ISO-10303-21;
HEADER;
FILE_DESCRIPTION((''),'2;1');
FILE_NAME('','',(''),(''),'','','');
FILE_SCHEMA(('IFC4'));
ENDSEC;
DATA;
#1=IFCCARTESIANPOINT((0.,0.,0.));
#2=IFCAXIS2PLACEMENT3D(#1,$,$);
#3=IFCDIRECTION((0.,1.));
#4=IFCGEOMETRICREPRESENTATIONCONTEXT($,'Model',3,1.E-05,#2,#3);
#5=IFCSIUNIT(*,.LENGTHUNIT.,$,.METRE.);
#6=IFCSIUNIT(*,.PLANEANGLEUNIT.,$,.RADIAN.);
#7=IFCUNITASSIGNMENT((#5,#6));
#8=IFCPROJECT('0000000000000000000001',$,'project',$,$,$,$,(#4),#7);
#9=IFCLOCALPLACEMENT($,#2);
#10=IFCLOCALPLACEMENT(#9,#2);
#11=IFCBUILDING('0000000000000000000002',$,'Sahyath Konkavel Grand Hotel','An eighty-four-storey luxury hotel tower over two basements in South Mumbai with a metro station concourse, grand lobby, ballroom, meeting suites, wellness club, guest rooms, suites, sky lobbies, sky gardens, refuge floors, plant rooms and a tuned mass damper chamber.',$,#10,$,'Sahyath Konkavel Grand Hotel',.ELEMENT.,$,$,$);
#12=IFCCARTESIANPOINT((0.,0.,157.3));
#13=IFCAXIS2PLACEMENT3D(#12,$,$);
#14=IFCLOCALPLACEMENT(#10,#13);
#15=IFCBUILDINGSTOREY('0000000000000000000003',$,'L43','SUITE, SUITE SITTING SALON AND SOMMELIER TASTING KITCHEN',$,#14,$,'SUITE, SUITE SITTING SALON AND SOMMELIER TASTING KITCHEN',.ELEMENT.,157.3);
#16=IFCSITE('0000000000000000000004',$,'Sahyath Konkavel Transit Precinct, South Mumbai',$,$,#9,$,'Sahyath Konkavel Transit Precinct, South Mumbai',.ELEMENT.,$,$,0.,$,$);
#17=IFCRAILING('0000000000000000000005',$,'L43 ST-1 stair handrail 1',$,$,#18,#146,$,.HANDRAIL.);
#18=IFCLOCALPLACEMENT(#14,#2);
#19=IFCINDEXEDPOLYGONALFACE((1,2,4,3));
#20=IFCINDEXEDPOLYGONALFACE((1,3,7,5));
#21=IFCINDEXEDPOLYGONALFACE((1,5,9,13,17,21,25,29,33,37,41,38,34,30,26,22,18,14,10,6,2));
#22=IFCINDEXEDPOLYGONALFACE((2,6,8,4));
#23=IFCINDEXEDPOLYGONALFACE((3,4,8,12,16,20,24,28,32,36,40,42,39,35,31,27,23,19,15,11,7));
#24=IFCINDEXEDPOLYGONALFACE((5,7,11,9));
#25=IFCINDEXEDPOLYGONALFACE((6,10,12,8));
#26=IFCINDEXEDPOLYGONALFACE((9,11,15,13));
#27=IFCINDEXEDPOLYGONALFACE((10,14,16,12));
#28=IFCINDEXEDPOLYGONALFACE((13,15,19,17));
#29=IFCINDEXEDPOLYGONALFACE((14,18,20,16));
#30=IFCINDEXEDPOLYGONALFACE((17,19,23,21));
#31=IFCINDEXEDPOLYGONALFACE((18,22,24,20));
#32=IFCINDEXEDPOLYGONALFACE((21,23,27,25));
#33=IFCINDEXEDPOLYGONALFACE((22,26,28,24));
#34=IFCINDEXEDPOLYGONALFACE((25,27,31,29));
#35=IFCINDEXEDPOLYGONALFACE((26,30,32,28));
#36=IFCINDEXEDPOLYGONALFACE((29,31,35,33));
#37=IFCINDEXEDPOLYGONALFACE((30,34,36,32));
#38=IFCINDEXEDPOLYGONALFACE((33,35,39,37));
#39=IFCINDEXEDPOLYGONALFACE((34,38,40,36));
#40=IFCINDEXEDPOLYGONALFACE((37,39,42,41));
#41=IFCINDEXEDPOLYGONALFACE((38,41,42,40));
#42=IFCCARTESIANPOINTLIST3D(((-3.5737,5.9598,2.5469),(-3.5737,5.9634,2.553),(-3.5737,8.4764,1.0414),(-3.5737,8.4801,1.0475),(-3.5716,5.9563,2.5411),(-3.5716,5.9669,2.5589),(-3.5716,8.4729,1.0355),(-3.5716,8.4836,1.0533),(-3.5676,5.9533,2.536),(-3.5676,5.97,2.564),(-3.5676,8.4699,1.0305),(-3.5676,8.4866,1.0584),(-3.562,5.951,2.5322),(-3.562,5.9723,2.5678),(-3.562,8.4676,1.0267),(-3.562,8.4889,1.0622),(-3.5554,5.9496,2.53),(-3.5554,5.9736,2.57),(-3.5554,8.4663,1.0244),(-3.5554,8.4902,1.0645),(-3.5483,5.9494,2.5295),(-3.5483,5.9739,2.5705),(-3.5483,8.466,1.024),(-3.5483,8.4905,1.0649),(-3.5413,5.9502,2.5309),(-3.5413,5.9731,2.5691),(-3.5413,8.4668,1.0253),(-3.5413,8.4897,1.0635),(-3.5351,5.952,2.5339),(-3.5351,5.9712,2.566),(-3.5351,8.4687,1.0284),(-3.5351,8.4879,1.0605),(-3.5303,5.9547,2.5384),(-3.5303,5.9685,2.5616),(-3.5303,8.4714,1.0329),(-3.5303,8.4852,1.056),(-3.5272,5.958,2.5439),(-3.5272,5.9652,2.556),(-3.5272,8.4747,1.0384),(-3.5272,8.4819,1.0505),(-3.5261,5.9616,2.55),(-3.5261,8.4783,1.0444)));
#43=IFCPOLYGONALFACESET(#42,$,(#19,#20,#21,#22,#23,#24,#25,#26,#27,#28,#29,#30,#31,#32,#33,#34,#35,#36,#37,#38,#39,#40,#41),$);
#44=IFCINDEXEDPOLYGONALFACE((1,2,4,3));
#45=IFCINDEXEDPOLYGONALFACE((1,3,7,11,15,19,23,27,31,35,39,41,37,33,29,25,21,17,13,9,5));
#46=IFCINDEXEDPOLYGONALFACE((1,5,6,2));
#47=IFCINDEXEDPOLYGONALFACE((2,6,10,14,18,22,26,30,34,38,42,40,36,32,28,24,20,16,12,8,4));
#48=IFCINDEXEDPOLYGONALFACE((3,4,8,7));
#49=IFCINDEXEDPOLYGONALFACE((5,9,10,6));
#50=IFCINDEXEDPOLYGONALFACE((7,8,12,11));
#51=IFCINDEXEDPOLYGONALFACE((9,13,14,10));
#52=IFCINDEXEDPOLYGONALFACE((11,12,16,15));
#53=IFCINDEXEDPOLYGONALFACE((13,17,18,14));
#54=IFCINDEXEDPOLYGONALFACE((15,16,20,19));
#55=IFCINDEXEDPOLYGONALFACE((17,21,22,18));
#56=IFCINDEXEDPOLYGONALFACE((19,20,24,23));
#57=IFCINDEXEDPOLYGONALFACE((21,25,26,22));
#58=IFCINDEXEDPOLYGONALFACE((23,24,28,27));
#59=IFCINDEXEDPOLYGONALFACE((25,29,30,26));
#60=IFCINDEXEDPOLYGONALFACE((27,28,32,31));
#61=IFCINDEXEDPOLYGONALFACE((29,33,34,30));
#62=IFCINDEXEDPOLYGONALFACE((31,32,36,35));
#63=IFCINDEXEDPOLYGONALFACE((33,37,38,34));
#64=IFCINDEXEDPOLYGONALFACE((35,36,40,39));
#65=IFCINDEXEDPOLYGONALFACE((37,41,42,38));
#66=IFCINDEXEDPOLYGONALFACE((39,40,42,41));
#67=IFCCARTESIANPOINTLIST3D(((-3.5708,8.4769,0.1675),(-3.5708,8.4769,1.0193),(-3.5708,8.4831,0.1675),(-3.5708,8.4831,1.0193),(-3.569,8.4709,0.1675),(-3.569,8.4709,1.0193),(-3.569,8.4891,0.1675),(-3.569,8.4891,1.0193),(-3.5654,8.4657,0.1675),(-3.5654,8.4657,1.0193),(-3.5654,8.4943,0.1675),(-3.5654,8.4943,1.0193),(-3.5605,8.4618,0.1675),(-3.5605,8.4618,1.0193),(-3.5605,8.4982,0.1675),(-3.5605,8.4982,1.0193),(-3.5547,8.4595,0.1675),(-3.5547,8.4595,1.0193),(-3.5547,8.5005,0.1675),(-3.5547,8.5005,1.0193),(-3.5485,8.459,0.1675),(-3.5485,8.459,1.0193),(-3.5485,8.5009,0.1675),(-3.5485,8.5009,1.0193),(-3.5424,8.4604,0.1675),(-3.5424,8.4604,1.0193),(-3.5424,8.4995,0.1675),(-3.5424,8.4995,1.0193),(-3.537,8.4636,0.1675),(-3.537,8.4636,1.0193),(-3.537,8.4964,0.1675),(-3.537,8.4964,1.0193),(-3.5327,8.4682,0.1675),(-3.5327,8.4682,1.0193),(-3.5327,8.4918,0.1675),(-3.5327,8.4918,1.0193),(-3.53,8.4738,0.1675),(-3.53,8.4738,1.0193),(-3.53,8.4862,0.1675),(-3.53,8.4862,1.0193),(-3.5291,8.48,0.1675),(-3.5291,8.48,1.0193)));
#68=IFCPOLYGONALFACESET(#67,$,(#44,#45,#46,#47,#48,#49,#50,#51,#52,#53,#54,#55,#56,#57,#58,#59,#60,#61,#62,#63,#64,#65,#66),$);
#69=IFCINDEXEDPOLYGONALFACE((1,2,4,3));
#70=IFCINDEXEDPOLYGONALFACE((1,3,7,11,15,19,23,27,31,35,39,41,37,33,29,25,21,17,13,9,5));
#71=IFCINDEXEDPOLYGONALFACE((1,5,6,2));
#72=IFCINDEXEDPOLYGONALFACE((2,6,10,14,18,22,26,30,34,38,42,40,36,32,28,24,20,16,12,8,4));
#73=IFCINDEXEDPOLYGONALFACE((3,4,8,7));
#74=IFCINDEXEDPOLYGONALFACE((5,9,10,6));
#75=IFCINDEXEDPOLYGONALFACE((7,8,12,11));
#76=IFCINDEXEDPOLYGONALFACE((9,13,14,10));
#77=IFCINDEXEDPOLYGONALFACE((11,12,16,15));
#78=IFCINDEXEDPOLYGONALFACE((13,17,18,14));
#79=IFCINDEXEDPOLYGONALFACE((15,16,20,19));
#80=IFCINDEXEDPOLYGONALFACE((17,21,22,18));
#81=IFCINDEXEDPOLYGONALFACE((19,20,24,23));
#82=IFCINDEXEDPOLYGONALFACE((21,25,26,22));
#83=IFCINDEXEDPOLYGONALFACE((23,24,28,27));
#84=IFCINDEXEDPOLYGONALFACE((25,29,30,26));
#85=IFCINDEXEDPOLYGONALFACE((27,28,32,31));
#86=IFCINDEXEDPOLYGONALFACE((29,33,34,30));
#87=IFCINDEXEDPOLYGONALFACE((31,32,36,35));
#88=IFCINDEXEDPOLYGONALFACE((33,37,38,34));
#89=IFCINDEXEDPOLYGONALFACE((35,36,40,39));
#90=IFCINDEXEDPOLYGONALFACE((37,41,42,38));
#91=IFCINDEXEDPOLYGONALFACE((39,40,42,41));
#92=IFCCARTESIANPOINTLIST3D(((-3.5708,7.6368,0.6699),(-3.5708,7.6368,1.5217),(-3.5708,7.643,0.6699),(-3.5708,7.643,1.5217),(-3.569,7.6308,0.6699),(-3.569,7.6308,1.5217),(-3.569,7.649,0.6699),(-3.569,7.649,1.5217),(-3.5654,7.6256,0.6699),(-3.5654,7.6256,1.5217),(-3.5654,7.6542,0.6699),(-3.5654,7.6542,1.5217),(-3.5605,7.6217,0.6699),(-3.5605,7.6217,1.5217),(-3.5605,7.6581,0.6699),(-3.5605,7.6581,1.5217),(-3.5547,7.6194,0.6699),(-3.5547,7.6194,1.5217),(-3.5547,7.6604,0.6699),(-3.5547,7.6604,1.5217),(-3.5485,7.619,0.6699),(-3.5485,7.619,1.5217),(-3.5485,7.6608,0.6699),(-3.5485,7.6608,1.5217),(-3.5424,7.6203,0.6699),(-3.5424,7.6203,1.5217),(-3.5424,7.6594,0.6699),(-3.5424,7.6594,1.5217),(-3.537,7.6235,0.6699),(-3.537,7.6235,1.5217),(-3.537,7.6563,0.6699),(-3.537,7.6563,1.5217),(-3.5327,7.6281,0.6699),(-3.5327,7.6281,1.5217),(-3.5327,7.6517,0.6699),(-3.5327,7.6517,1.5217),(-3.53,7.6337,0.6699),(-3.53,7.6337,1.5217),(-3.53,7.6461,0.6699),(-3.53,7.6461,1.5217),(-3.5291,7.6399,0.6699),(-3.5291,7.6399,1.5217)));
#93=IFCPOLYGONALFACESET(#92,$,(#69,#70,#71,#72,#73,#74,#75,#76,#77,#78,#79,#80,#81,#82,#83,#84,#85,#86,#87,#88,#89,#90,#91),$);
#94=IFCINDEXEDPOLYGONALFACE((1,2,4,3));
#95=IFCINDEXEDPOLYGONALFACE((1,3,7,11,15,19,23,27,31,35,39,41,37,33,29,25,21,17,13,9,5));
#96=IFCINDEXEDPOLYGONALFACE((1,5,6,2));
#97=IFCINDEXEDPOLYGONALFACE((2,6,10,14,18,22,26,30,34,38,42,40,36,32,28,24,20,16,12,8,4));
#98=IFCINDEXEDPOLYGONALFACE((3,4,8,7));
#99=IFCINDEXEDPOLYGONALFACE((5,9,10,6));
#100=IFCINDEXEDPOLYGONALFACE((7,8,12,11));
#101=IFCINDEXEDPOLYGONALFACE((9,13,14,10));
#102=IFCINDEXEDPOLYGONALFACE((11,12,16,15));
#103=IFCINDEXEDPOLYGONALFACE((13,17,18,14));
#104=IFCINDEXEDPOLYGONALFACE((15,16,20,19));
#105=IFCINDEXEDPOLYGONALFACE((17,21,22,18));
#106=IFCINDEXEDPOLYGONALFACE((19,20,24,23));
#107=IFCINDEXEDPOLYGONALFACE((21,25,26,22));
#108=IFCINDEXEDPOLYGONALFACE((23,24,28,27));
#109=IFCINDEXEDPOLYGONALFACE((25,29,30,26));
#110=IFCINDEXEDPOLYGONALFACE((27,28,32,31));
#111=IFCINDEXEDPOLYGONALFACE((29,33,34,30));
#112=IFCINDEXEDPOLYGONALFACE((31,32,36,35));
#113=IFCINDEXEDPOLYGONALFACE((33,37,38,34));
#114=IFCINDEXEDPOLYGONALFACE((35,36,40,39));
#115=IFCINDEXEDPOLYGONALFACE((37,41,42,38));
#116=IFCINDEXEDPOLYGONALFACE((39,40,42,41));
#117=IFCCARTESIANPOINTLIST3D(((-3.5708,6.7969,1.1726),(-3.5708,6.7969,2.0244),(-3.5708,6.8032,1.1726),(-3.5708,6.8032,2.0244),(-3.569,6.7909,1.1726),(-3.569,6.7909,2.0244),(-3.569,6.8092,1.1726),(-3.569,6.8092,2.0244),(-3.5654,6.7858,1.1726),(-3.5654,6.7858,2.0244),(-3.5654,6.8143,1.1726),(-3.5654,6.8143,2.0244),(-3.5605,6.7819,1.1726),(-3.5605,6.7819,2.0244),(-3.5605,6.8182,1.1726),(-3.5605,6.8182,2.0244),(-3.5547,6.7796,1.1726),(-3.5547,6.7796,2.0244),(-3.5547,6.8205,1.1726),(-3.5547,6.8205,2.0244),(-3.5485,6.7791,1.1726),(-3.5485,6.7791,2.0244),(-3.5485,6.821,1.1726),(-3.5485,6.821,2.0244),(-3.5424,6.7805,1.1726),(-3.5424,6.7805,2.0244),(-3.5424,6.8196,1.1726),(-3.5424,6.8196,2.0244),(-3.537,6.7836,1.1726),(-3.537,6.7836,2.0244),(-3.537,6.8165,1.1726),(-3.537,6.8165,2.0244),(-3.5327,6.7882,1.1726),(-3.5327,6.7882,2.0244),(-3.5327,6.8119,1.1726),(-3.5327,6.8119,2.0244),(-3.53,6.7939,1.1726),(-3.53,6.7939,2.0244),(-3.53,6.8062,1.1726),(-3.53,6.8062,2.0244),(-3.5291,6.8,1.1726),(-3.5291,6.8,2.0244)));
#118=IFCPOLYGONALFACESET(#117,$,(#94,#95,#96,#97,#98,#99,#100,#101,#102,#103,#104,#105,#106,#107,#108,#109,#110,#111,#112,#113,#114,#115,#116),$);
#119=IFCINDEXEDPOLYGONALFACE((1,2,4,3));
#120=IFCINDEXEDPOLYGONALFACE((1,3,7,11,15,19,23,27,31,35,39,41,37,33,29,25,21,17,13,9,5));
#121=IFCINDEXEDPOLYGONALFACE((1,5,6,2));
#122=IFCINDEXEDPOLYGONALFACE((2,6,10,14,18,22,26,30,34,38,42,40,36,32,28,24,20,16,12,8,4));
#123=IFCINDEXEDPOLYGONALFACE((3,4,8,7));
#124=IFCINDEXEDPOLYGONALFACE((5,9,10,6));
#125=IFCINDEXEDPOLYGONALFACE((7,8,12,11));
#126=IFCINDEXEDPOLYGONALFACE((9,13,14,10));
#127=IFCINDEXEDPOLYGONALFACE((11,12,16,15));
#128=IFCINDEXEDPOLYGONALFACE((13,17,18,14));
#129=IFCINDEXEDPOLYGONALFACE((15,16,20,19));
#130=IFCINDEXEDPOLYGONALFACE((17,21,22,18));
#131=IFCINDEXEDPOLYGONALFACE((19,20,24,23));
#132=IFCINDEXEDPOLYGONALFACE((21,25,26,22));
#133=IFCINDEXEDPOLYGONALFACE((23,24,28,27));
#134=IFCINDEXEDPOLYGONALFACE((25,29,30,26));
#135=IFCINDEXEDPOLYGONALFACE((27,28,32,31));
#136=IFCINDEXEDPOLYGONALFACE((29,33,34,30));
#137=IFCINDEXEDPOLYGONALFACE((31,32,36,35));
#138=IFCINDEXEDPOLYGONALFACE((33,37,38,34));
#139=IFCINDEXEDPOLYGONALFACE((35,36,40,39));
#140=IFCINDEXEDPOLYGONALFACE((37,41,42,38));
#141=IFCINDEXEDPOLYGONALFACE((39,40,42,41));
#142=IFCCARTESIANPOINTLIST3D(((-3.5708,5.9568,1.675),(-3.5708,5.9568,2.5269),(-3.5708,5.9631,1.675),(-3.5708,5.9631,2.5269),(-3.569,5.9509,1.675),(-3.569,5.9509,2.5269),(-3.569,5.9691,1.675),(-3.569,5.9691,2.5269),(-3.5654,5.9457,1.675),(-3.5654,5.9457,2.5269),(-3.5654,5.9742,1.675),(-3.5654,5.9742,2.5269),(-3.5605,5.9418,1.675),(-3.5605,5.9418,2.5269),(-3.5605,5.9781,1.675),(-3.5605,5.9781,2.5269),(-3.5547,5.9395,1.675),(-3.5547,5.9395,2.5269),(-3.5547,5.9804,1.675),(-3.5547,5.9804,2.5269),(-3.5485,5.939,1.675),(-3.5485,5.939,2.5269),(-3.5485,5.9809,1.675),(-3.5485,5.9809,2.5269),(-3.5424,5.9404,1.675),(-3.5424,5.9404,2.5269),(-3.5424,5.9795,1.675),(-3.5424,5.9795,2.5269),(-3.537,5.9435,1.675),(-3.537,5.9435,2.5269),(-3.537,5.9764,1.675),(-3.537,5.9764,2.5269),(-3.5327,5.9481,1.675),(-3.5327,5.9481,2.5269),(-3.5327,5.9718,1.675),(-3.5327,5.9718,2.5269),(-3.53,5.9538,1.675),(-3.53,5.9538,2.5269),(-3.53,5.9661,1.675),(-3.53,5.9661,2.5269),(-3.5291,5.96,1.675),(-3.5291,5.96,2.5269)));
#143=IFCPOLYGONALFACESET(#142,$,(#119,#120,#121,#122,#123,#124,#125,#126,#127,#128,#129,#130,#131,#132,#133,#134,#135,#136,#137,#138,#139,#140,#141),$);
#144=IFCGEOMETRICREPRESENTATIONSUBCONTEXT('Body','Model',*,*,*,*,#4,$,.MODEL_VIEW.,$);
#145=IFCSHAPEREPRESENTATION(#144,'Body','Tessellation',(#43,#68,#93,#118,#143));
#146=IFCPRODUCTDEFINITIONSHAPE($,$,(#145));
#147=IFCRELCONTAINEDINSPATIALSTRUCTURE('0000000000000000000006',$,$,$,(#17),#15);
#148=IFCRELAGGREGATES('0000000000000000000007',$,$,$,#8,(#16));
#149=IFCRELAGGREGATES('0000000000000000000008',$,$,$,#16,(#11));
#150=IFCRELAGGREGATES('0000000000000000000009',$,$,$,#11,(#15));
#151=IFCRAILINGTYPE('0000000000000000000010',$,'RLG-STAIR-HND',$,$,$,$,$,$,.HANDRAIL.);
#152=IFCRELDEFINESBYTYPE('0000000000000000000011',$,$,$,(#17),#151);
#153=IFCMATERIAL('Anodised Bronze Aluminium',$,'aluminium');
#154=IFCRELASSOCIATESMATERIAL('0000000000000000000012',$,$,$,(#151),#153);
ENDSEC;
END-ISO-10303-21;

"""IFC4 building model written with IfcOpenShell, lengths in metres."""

from ifc_helpers import new_model, si_unit, direction, frame, origin, origin_2d, place, context, subcontext, project, spatial, circle, extrude, material, type_object, element, save


model = new_model("IFC4")

# Units and contexts
model_context = context("Model", 3, precision=1e-05, world=origin(), true_north=direction((0.0, 1.0)))
body_context = subcontext(model_context, "Body", "Model", "MODEL_VIEW")
ifc_project = project(units=[si_unit("LENGTHUNIT", "METRE"), si_unit("PLANEANGLEUNIT", "RADIAN")], contexts=[model_context])

# Site, building, storey
site_placement = place(None, origin())
site = spatial("IfcSite", under=ifc_project, at=site_placement, Name="Sahyath Konkavel Transit Precinct, South Mumbai", LongName="Sahyath Konkavel Transit Precinct, South Mumbai", CompositionType="ELEMENT", RefElevation=0.0)
building_placement = place(site_placement, origin())
building = spatial("IfcBuilding", under=site, at=building_placement, Name="Sahyath Konkavel Grand Hotel", Description="An eighty-four-storey luxury hotel tower over two basements in South Mumbai with a metro station concourse, grand lobby, ballroom, meeting suites, wellness club, guest rooms, suites, sky lobbies, sky gardens, refuge floors, plant rooms and a tuned mass damper chamber.", LongName="Sahyath Konkavel Grand Hotel", CompositionType="ELEMENT")
storey_placement = place(building_placement, frame((0.0, 0.0, 157.3)))
storey = spatial("IfcBuildingStorey", under=building, at=storey_placement, Name="L43", Description="SUITE, SUITE SITTING SALON AND SOMMELIER TASTING KITCHEN", LongName="SUITE, SUITE SITTING SALON AND SOMMELIER TASTING KITCHEN", CompositionType="ELEMENT", Elevation=157.3)

# Shared definitions
ifc_material_1 = material(Name="Anodised Bronze Aluminium", Category="aluminium")

# Railing
railing_type_1 = type_object("IfcRailingType", Name="RLG-STAIR-HND", PredefinedType="HANDRAIL", material=ifc_material_1)
railing_1_placement = place(storey_placement, frame((-3.55, 8.48, 0.1675)))
element("IfcRailing", 1, at=railing_1_placement, inside=storey, type_object=railing_type_1, Name="L43 ST-1 stair handrail 1", PredefinedType="HANDRAIL", context=body_context, shape_type="SweptSolid", body=[
    extrude(circle(Radius=0.0239, at=origin_2d()), frame((0.0, -0.0017, 0.877), z_axis=(0.0, -0.85816, 0.513383), x_axis=(1.0, 0.0, 0.0)), (0.0, 0.0, 1.0), 2.9326),
    extrude(circle(Radius=0.021, at=origin_2d()), origin(), (0.0, 0.0, 1.0), 0.8518),
    extrude(circle(Radius=0.021, at=origin_2d()), frame((0.0, -0.8401, 0.5024)), (0.0, 0.0, 1.0), 0.8518),
    extrude(circle(Radius=0.021, at=origin_2d()), frame((0.0, -1.6799, 1.0051)), (0.0, 0.0, 1.0), 0.8518),
    extrude(circle(Radius=0.021, at=origin_2d()), frame((0.0, -2.52, 1.5076)), (0.0, 0.0, 1.0), 0.8518),
])

save(model, "model.ifc")
